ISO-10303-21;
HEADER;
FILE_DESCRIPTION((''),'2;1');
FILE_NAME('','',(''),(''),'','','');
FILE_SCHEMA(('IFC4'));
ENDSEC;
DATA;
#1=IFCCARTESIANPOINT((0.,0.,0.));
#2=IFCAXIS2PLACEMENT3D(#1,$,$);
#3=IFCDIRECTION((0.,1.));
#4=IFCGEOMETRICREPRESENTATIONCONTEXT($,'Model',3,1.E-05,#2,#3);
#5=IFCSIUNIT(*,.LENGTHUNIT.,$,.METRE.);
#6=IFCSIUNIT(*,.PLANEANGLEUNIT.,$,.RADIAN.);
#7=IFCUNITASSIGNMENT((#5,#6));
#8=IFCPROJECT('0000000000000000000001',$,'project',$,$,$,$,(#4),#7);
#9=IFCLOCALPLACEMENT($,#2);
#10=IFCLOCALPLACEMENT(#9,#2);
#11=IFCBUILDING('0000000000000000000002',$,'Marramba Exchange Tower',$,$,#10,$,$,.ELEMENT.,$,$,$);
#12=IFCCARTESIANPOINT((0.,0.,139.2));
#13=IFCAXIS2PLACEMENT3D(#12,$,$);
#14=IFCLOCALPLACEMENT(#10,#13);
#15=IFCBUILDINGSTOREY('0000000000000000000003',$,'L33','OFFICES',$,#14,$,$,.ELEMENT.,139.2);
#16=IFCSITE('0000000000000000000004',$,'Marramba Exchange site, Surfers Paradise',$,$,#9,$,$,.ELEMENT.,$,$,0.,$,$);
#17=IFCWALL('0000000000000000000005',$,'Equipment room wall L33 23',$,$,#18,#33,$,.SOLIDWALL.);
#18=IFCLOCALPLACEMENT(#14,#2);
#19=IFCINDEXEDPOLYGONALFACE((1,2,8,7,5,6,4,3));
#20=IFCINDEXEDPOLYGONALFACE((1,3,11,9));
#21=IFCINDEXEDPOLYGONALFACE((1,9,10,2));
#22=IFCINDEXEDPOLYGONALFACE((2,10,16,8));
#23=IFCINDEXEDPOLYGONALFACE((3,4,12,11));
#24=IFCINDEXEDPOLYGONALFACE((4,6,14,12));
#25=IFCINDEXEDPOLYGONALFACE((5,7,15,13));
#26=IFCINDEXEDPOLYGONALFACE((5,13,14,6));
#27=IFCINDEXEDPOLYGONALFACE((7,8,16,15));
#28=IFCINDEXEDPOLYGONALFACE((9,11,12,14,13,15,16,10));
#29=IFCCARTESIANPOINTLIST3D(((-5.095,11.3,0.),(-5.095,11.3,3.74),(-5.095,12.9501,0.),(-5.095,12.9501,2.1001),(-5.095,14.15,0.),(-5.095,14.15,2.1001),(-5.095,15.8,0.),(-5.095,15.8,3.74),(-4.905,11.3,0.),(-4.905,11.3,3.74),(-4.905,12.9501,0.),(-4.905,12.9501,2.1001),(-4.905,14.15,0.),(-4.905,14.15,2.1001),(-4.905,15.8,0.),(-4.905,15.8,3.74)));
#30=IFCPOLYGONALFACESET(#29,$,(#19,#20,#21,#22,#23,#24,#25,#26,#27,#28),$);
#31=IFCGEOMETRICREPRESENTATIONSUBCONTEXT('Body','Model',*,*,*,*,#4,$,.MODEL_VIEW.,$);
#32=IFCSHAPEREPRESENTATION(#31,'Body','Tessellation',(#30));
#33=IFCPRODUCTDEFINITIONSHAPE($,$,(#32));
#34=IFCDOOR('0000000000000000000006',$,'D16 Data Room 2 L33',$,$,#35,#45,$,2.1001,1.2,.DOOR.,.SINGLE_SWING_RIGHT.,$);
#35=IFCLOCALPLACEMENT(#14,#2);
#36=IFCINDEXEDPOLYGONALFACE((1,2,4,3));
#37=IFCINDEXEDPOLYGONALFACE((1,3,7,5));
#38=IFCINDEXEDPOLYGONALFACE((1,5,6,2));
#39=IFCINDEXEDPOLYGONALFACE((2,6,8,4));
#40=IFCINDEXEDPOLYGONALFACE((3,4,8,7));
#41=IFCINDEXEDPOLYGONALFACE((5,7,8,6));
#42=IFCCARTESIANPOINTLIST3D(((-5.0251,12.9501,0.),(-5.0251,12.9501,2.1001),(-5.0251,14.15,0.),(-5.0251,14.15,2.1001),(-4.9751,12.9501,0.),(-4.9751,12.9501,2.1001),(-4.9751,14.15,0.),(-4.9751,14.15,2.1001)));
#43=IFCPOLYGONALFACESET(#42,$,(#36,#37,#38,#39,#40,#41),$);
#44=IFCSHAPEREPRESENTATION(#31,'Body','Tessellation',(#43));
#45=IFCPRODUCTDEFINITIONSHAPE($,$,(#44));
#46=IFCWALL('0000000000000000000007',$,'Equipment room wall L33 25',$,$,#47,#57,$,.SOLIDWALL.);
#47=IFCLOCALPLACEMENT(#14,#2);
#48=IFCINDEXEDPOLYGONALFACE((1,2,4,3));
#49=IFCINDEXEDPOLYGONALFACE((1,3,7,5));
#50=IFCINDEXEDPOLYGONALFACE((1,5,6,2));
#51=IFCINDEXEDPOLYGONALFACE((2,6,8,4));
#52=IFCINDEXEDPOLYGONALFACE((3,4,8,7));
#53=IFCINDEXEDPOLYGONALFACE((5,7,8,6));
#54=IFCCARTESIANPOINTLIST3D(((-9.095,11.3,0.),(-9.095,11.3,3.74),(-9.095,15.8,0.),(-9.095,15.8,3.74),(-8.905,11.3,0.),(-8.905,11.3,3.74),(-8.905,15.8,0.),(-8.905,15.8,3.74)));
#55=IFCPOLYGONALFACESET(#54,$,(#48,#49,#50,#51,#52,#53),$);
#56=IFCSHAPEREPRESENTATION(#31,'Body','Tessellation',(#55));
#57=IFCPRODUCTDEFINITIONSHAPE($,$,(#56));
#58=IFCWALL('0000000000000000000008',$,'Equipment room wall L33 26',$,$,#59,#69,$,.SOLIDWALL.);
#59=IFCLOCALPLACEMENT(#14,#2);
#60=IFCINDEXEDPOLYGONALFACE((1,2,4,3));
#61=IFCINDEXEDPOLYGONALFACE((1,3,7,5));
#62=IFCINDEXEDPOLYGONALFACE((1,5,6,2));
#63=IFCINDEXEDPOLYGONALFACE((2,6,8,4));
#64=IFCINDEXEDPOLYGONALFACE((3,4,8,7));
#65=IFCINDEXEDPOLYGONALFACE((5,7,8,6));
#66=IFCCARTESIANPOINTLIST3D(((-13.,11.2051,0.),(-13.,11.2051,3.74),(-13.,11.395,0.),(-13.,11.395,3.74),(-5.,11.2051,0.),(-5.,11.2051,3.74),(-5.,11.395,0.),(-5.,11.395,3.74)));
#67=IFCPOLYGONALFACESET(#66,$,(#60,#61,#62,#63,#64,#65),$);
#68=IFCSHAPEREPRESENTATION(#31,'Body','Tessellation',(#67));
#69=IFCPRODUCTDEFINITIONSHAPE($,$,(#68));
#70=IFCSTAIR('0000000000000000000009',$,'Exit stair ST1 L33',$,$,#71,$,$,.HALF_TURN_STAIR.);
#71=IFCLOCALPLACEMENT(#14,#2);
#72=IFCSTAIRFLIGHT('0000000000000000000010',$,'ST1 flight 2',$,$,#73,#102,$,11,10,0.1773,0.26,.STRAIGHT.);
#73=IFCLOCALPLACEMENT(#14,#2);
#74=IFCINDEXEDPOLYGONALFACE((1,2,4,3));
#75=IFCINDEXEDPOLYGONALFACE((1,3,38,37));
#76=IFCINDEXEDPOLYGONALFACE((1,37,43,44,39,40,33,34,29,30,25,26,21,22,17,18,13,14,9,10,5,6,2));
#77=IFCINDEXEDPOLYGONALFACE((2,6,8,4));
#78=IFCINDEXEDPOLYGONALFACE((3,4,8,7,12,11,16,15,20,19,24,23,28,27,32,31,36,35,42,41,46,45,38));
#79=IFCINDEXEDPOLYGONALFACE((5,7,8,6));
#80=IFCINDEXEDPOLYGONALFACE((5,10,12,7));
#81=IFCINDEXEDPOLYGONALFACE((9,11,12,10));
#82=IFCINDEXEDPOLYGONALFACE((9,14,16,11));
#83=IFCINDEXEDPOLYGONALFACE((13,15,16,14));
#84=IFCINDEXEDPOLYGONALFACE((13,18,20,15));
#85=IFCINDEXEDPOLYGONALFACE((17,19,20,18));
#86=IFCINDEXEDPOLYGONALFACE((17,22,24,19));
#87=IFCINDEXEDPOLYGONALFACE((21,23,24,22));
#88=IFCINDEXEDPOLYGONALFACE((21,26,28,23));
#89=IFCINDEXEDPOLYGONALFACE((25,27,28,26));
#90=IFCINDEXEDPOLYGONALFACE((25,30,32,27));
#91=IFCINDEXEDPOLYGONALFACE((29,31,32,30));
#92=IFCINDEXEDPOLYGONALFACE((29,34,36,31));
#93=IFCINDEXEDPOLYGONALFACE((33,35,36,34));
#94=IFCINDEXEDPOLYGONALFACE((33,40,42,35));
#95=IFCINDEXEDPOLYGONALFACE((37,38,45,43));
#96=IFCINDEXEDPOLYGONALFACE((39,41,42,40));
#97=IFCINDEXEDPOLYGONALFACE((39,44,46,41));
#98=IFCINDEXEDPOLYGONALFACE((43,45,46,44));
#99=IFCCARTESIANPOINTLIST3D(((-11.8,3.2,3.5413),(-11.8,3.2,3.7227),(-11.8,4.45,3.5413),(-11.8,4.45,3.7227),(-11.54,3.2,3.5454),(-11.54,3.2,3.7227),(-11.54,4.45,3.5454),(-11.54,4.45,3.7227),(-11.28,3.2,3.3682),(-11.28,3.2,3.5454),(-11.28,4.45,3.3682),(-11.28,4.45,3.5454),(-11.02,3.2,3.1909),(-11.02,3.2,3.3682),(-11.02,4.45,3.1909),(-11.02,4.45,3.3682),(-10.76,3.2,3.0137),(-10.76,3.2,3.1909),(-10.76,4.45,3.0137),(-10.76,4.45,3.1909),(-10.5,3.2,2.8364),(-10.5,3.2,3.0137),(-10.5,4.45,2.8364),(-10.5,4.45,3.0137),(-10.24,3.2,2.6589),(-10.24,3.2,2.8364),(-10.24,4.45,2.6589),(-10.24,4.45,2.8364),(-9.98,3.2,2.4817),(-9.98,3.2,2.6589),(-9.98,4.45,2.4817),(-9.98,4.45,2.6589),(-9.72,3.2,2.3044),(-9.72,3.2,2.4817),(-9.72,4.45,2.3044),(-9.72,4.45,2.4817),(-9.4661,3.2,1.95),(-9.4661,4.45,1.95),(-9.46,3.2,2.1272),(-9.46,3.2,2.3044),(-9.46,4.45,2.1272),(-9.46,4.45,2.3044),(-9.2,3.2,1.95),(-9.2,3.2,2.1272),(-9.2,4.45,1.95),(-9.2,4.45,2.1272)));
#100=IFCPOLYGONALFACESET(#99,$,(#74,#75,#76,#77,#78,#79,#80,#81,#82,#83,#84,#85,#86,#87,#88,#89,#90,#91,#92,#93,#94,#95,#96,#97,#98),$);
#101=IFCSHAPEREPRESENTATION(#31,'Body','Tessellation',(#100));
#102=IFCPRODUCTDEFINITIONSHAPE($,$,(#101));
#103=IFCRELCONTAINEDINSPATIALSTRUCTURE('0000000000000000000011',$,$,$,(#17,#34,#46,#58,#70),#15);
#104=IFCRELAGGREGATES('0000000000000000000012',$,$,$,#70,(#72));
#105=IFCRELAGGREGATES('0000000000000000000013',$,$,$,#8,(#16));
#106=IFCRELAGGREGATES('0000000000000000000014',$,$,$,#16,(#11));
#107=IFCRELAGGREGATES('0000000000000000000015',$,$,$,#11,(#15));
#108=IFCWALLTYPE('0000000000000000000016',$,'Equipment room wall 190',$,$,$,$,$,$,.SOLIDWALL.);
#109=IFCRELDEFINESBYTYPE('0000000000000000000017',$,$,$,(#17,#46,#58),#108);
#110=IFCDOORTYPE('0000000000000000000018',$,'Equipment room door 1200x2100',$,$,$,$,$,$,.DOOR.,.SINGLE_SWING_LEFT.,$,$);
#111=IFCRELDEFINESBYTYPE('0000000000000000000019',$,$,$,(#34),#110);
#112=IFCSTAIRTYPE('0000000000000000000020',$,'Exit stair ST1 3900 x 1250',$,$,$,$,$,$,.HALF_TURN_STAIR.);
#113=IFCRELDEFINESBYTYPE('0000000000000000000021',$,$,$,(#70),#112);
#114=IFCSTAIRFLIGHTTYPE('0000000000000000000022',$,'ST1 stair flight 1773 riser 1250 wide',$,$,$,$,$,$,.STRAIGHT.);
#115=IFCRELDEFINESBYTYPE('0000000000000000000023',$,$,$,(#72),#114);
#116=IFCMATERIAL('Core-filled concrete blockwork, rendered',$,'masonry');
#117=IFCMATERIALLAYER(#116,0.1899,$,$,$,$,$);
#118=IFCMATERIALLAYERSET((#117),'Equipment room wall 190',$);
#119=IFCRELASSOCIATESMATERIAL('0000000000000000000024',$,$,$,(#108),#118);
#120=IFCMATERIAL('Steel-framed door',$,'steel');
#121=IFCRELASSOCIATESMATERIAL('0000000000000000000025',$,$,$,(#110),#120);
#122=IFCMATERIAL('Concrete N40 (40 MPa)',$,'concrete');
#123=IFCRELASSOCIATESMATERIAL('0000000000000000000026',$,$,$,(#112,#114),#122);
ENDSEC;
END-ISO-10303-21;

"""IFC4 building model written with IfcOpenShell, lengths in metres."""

from ifc_helpers import new_model, si_unit, direction, frame, frame_2d, origin, place, context, subcontext, project, spatial, polyline, rectangle, outline, extrude, material, layer, layer_set, type_object, element, fill, aggregate, save


model = new_model("IFC4")

# Units and contexts
model_context = context("Model", 3, precision=1e-05, world=origin(), true_north=direction((0.0, 1.0)))
body_context = subcontext(model_context, "Body", "Model", "MODEL_VIEW")
ifc_project = project(units=[si_unit("LENGTHUNIT", "METRE"), si_unit("PLANEANGLEUNIT", "RADIAN")], contexts=[model_context])

# Site, building, storey
site_placement = place(None, origin())
site = spatial("IfcSite", under=ifc_project, at=site_placement, Name="Marramba Exchange site, Surfers Paradise", CompositionType="ELEMENT", RefElevation=0.0)
building_placement = place(site_placement, origin())
building = spatial("IfcBuilding", under=site, at=building_placement, Name="Marramba Exchange Tower", CompositionType="ELEMENT")
storey_placement = place(building_placement, frame((0.0, 0.0, 139.2)))
storey = spatial("IfcBuildingStorey", under=building, at=storey_placement, Name="L33", Description="OFFICES", CompositionType="ELEMENT", Elevation=139.2)

# Wall, opening, door
ifc_material_1 = material(Name="Core-filled concrete blockwork, rendered", Category="masonry")
ifc_layer_1 = layer(ifc_material_1, 0.1899)
ifc_layer_set_1 = layer_set([ifc_layer_1], Name="Equipment room wall 190")
wall_type_1 = type_object("IfcWallType", Name="Equipment room wall 190", PredefinedType="SOLIDWALL", material=ifc_layer_set_1)
wall_1_placement = place(storey_placement, frame((-5.0, 15.8, 0.0), z_axis=(0.0, 0.0, 1.0), x_axis=(0.0, -1.0, 0.0)))
wall_1 = element("IfcWall", 1, at=wall_1_placement, inside=storey, type_object=wall_type_1, Name="Equipment room wall L33 23", PredefinedType="SOLIDWALL", context=body_context, shape_type="SweptSolid", body=[
    extrude(rectangle(XDim=4.5, YDim=0.1899, at=frame_2d((2.25, 0.0))), origin(), (0.0, 0.0, 1.0), 3.74),
])
opening_1_placement = place(wall_1_placement, frame((1.6499, 0.0, 0.0)))
opening_1 = element("IfcOpeningElement", 2, at=opening_1_placement, cuts=wall_1, PredefinedType="OPENING", context=body_context, shape_type="SweptSolid", body=[
    extrude(rectangle(XDim=1.2, YDim=2.1001, at=frame_2d((0.6001, 1.05))), frame((0.0, 0.105, 0.0), z_axis=(0.0, -1.0, 0.0), x_axis=(1.0, 0.0, 0.0)), (0.0, 0.0, 1.0), 0.21),
])
ifc_material_2 = material(Name="Steel-framed door", Category="steel")
door_type_1 = type_object("IfcDoorType", Name="Equipment room door 1200x2100", OperationType="SINGLE_SWING_LEFT", PredefinedType="DOOR", material=ifc_material_2)
door_1_placement = place(opening_1_placement, frame((1.2, 0.0, 0.0), z_axis=(0.0, 0.0, 1.0), x_axis=(-1.0, 0.0, 0.0)))
door_1 = element("IfcDoor", 3, at=door_1_placement, inside=storey, type_object=door_type_1, Name="D16 Data Room 2 L33", OperationType="SINGLE_SWING_RIGHT", OverallHeight=2.1001, OverallWidth=1.2, PredefinedType="DOOR", context=body_context, shape_type="SweptSolid", body=[
    extrude(rectangle(XDim=1.2, YDim=2.1001, at=frame_2d((0.5999, 1.05))), frame((0.0, 0.0251, 0.0), z_axis=(0.0, -1.0, 0.0), x_axis=(1.0, 0.0, 0.0)), (0.0, 0.0, 1.0), 0.05),
])
fill(opening_1, door_1)

# Walls
wall_2_placement = place(storey_placement, frame((-9.0, 15.8, 0.0), z_axis=(0.0, 0.0, 1.0), x_axis=(0.0, -1.0, 0.0)))
element("IfcWall", 4, at=wall_2_placement, inside=storey, type_object=wall_type_1, Name="Equipment room wall L33 25", PredefinedType="SOLIDWALL", context=body_context, shape_type="SweptSolid", body=[
    extrude(rectangle(XDim=4.5, YDim=0.1899, at=frame_2d((2.25, 0.0))), origin(), (0.0, 0.0, 1.0), 3.74),
])
wall_3_placement = place(storey_placement, frame((-5.0, 11.3, 0.0), z_axis=(0.0, 0.0, 1.0), x_axis=(-1.0, 0.0, 0.0)))
element("IfcWall", 5, at=wall_3_placement, inside=storey, type_object=wall_type_1, Name="Equipment room wall L33 26", PredefinedType="SOLIDWALL", context=body_context, shape_type="SweptSolid", body=[
    extrude(rectangle(XDim=8.0, YDim=0.1899, at=frame_2d((4.0, 0.0))), origin(), (0.0, 0.0, 1.0), 3.74),
])

# Stair, stair flight
ifc_material_3 = material(Name="Concrete N40 (40 MPa)", Category="concrete")
stair_type = type_object("IfcStairType", Name="Exit stair ST1 3900 x 1250", PredefinedType="HALF_TURN_STAIR", material=ifc_material_3)
stair_placement = place(storey_placement, origin())
stair = element("IfcStair", 6, at=stair_placement, inside=storey, type_object=stair_type, Name="Exit stair ST1 L33", PredefinedType="HALF_TURN_STAIR")
stair_flight_type = type_object("IfcStairFlightType", Name="ST1 stair flight 1773 riser 1250 wide", PredefinedType="STRAIGHT", material=ifc_material_3)
stair_flight_placement = place(storey_placement, frame((-9.2, 3.825, 1.95), z_axis=(0.0, 0.0, 1.0), x_axis=(-1.0, 0.0, 0.0)))
stair_flight = element("IfcStairFlight", 7, at=stair_flight_placement, type_object=stair_flight_type, Name="ST1 flight 2", NumberOfRisers=11, NumberOfTreads=10, PredefinedType="STRAIGHT", RiserHeight=0.1773, TreadLength=0.26, context=body_context, shape_type="SweptSolid", body=[
    extrude(outline(polyline([(0.0, 0.0), (0.0, 0.1772), (0.26, 0.1772), (0.26, 0.3545), (0.52, 0.3545), (0.52, 0.5317), (0.78, 0.5317), (0.78, 0.709), (1.04, 0.709), (1.04, 0.8865), (1.3, 0.8865), (1.3, 1.0637), (1.5601, 1.0637), (1.5601, 1.241), (1.8201, 1.241), (1.8201, 1.4182), (2.0801, 1.4182), (2.0801, 1.5955), (2.3401, 1.5955), (2.3401, 1.7727), (2.6001, 1.7727), (2.6001, 1.95), (2.6001, 1.5913), (0.2661, 0.0), (0.0, 0.0)])), frame((0.0, 0.625, 0.0), z_axis=(0.0, -1.0, 0.0), x_axis=(1.0, 0.0, 0.0)), (0.0, 0.0, 1.0), 1.25),
])
aggregate(stair, [stair_flight])

save(model, "model.ifc")
